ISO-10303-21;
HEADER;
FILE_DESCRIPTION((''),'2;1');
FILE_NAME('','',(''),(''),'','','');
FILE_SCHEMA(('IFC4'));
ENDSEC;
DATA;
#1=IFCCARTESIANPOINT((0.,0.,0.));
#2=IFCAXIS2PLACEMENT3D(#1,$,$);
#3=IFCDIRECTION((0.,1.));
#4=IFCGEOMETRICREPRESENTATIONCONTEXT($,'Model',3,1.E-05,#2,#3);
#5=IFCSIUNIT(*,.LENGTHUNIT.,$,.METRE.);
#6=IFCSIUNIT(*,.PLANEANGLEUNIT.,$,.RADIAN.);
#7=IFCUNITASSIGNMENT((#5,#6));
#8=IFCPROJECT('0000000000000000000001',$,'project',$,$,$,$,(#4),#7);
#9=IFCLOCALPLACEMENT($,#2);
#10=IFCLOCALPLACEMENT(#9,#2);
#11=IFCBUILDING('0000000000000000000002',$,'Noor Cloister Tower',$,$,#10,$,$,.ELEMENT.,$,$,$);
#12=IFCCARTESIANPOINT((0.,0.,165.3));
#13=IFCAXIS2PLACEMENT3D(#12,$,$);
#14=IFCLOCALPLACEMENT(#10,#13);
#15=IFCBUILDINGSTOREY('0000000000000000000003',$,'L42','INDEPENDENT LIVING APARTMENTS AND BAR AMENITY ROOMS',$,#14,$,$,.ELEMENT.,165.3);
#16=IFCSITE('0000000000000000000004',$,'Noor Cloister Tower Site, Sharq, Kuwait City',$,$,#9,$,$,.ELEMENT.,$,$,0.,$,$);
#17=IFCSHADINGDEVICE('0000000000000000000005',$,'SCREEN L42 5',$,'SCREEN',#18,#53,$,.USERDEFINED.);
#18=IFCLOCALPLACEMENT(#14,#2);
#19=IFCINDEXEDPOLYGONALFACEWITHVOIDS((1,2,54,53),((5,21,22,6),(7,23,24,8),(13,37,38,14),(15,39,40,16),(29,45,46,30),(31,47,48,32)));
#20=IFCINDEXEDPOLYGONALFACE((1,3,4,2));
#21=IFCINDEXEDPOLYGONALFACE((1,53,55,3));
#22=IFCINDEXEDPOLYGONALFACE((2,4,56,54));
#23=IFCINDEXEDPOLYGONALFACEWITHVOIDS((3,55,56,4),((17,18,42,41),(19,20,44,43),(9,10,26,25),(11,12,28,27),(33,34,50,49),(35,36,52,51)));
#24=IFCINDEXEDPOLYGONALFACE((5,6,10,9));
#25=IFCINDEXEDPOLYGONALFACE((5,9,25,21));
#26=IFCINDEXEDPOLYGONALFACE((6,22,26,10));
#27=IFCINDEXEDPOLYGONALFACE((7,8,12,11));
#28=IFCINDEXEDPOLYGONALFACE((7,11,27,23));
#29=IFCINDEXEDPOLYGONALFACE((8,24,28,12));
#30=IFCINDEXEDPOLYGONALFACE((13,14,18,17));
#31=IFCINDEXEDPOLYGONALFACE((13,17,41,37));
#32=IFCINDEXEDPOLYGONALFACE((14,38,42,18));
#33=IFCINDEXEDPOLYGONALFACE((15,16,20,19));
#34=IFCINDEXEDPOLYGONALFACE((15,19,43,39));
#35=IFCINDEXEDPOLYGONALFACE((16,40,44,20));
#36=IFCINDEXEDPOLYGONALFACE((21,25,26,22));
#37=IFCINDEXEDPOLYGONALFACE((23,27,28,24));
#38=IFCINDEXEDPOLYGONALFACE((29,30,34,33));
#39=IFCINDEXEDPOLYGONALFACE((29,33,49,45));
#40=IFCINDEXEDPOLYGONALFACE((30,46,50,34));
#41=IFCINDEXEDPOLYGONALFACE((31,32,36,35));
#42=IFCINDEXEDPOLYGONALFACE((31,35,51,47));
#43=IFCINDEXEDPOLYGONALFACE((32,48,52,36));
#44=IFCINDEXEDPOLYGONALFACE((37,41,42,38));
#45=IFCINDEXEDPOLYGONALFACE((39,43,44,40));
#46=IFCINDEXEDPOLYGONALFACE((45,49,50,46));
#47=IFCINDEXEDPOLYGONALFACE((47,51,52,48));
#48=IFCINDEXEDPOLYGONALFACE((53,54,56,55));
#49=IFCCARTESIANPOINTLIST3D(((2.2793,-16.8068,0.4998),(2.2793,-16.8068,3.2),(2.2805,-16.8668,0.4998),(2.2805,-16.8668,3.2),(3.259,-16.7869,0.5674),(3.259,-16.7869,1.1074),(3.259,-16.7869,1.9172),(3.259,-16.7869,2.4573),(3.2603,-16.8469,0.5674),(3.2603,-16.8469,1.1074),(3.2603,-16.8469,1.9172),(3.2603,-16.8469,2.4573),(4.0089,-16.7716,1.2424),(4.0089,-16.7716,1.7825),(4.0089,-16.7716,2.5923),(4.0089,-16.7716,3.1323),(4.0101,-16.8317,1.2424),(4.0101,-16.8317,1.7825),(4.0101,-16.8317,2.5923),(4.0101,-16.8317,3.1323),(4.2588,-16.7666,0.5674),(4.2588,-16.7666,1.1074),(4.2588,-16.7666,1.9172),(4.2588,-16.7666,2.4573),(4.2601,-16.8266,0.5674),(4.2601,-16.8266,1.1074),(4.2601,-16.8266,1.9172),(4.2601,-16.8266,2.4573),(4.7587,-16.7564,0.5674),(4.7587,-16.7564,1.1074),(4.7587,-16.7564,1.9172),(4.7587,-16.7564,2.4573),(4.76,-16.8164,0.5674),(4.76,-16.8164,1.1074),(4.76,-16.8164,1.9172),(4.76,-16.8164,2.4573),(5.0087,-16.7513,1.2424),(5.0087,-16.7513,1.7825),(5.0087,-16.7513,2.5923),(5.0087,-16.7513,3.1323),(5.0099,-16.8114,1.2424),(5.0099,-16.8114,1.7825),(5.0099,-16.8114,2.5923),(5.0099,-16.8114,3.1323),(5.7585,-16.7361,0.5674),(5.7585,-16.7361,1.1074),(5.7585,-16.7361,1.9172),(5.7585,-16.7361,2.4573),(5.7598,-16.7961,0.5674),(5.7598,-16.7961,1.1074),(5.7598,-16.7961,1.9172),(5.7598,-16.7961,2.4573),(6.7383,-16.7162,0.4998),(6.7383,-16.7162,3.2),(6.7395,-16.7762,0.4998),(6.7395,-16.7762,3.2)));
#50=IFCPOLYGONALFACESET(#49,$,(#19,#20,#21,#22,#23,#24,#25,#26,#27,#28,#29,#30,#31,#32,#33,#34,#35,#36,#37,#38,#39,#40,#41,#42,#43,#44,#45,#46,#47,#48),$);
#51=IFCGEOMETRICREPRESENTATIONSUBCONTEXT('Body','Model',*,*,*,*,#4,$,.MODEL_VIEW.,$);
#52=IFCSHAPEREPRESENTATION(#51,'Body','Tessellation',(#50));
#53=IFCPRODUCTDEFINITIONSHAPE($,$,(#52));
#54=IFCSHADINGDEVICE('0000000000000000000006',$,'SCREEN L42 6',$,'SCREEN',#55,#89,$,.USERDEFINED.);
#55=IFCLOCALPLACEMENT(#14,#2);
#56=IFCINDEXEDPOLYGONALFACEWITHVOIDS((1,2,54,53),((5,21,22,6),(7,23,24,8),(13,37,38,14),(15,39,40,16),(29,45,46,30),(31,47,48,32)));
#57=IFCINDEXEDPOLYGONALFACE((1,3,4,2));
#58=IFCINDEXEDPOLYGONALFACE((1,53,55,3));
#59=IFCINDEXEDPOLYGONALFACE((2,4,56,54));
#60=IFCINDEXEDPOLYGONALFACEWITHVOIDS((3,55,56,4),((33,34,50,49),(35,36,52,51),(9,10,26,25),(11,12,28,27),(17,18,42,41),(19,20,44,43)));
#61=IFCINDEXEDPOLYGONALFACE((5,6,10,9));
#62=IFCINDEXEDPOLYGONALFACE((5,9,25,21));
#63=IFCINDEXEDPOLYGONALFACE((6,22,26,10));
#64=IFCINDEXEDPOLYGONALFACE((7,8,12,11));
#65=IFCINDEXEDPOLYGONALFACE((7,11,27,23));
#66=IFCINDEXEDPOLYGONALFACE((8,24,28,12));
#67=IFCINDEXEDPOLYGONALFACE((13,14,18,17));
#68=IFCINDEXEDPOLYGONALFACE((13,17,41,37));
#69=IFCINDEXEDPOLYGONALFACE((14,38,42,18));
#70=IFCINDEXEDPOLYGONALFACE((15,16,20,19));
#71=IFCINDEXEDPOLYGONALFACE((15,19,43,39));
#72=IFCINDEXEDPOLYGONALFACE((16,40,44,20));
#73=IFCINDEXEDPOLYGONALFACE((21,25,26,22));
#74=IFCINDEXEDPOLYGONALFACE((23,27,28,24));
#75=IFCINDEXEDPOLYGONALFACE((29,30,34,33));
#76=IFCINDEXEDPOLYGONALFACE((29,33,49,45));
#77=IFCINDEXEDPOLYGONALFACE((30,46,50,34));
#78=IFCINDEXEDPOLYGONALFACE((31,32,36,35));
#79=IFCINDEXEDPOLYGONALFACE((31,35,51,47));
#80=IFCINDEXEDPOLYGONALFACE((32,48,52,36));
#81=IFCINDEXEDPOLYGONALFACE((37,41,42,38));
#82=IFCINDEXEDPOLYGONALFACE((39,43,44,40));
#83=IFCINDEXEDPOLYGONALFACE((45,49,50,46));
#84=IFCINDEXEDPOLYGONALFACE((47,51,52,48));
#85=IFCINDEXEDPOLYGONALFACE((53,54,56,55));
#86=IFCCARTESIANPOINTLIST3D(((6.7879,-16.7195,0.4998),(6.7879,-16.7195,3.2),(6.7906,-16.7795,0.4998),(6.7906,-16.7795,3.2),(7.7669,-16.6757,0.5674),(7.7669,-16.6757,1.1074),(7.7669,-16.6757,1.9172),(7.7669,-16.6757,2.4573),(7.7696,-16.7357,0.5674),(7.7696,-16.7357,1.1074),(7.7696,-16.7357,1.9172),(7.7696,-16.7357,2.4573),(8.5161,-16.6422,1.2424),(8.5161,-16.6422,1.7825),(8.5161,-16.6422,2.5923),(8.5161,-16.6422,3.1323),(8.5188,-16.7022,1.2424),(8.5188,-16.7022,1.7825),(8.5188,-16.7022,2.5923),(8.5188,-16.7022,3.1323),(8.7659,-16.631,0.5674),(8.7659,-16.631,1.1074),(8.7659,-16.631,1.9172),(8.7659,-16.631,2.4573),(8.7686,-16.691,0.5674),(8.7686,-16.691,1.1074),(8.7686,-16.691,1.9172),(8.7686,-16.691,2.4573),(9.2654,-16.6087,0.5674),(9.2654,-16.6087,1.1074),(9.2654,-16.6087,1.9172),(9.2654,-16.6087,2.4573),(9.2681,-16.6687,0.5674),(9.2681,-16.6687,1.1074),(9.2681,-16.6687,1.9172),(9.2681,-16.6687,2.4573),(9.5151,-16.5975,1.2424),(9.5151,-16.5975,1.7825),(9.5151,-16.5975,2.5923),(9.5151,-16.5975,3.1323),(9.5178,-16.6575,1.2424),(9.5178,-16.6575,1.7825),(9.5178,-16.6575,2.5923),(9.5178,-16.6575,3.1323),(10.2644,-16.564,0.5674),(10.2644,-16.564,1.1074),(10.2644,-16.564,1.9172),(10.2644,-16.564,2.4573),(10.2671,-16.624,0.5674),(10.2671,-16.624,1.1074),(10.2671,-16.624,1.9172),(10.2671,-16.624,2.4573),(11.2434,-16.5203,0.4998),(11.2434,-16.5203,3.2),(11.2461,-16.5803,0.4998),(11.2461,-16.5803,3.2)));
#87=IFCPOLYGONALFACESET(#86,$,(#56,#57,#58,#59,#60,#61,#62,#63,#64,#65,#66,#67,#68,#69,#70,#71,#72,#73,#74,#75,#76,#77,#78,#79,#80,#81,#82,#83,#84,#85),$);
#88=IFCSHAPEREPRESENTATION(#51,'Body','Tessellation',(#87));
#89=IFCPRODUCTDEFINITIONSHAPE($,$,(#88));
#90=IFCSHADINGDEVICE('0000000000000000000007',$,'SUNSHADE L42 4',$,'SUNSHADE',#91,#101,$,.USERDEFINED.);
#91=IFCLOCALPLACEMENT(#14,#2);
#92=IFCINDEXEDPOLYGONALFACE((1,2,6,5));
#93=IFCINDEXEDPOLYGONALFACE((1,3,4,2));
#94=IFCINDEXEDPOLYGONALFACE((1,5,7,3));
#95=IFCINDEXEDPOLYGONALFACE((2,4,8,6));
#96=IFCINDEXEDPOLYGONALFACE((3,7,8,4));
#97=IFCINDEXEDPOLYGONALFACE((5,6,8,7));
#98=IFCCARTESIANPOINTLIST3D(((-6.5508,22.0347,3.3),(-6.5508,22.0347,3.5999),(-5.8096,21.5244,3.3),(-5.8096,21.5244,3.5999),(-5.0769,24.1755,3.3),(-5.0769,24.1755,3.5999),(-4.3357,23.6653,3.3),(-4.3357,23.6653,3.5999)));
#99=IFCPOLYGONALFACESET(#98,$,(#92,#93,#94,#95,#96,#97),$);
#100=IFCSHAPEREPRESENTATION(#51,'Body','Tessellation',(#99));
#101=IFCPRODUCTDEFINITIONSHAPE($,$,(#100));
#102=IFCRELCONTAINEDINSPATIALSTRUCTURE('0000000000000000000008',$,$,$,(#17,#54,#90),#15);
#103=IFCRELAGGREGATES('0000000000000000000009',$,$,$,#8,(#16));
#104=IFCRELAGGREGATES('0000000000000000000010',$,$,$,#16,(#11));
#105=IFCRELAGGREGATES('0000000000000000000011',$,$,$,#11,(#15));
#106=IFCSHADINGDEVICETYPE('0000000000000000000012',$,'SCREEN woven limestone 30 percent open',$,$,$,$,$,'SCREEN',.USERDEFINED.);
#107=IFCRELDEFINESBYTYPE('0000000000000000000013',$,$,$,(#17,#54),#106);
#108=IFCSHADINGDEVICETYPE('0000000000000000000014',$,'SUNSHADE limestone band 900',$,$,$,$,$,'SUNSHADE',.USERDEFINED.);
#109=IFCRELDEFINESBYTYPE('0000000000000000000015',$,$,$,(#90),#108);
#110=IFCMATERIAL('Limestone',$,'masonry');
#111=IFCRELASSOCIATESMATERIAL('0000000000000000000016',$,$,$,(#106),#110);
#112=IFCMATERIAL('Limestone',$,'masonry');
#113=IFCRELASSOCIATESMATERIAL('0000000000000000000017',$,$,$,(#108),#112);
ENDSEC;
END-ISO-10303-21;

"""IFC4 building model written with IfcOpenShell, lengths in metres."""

from ifc_helpers import new_model, si_unit, direction, frame, origin, place, context, subcontext, project, spatial, polyline, outline, extrude, material, material_profile, profile_set, type_object, element, save


model = new_model("IFC4")

# Units and contexts
model_context = context("Model", 3, precision=1e-05, world=origin(), true_north=direction((0.0, 1.0)))
body_context = subcontext(model_context, "Body", "Model", "MODEL_VIEW")
ifc_project = project(units=[si_unit("LENGTHUNIT", "METRE"), si_unit("PLANEANGLEUNIT", "RADIAN")], contexts=[model_context])

# Site, building, storey
site_placement = place(None, origin())
site = spatial("IfcSite", under=ifc_project, at=site_placement, Name="Noor Cloister Tower Site, Sharq, Kuwait City", CompositionType="ELEMENT", RefElevation=0.0)
building_placement = place(site_placement, origin())
building = spatial("IfcBuilding", under=site, at=building_placement, Name="Noor Cloister Tower", CompositionType="ELEMENT")
storey_placement = place(building_placement, frame((0.0, 0.0, 165.3)))
storey = spatial("IfcBuildingStorey", under=building, at=storey_placement, Name="L42", Description="INDEPENDENT LIVING APARTMENTS AND BAR AMENITY ROOMS", CompositionType="ELEMENT", Elevation=165.3)

# Shading devices
ifc_material_1 = material(Name="Limestone", Category="masonry")
ifc_material_profile_1 = material_profile(ifc_material_1, outline(polyline([(-2.23, -1.3501), (2.23, -1.3501), (2.23, 1.3501), (-2.23, 1.3501), (-2.23, -1.3501)]), holes=[polyline([(-1.25, -1.2825), (-0.25, -1.2825), (-0.25, -0.7424), (-1.25, -0.7424), (-1.25, -1.2825)]), polyline([(0.25, -1.2825), (1.25, -1.2825), (1.25, -0.7424), (0.25, -0.7424), (0.25, -1.2825)]), polyline([(-0.5, -0.6074), (0.5, -0.6074), (0.5, -0.0674), (-0.5, -0.0674), (-0.5, -0.6074)]), polyline([(-1.25, 0.0674), (-0.25, 0.0674), (-0.25, 0.6074), (-1.25, 0.6074), (-1.25, 0.0674)]), polyline([(0.25, 0.0674), (1.25, 0.0674), (1.25, 0.6074), (0.25, 0.6074), (0.25, 0.0674)]), polyline([(-0.5, 0.7424), (0.5, 0.7424), (0.5, 1.2825), (-0.5, 1.2825), (-0.5, 0.7424)])]), Name="Woven screen 30 percent open")
ifc_profile_set_1 = profile_set([ifc_material_profile_1], Name="Limestone")
shading_device_type_1 = type_object("IfcShadingDeviceType", Name="SCREEN woven limestone 30 percent open", ElementType="SCREEN", PredefinedType="USERDEFINED", material=ifc_profile_set_1)
for number, where, z_axis, x_axis, name in (
    (1, (4.5088, -16.7615, 1.8499), (0.020321, -0.999794, 0.0), (0.999794, 0.020321, 0.0), "SCREEN L42 5"),
    (2, (9.0156, -16.6199, 1.8499), (0.044671, -0.999002, 0.0), (0.999002, 0.044671, 0.0), "SCREEN L42 6"),
):
    element("IfcShadingDevice", number, at=place(storey_placement, frame(where, z_axis=z_axis, x_axis=x_axis)), inside=storey, type_object=shading_device_type_1, Name=name, ObjectType="SCREEN", PredefinedType="USERDEFINED", context=body_context, shape_type="SweptSolid", body=[
        extrude(outline(polyline([(-2.23, -1.3501), (2.23, -1.3501), (2.23, 1.3501), (-2.23, 1.3501), (-2.23, -1.3501)]), holes=[polyline([(-1.25, -1.2825), (-0.25, -1.2825), (-0.25, -0.7424), (-1.25, -0.7424), (-1.25, -1.2825)]), polyline([(0.25, -1.2825), (1.25, -1.2825), (1.25, -0.7424), (0.25, -0.7424), (0.25, -1.2825)]), polyline([(-0.5, -0.6074), (0.5, -0.6074), (0.5, -0.0674), (-0.5, -0.0674), (-0.5, -0.6074)]), polyline([(-1.25, 0.0674), (-0.25, 0.0674), (-0.25, 0.6074), (-1.25, 0.6074), (-1.25, 0.0674)]), polyline([(0.25, 0.0674), (1.25, 0.0674), (1.25, 0.6074), (0.25, 0.6074), (0.25, 0.0674)]), polyline([(-0.5, 0.7424), (0.5, 0.7424), (0.5, 1.2825), (-0.5, 1.2825), (-0.5, 0.7424)])]), origin(), (0.0, 0.0, 1.0), 0.0601),
    ])
ifc_material_2 = material(Name="Limestone", Category="masonry")
shading_device_type_2 = type_object("IfcShadingDeviceType", Name="SUNSHADE limestone band 900", ElementType="SUNSHADE", PredefinedType="USERDEFINED", material=ifc_material_2)
shading_device_placement = place(storey_placement, frame((0.0, 0.0, 3.3)))
element("IfcShadingDevice", 3, at=shading_device_placement, inside=storey, type_object=shading_device_type_2, Name="SUNSHADE L42 4", ObjectType="SUNSHADE", PredefinedType="USERDEFINED", context=body_context, shape_type="SweptSolid", body=[
    extrude(outline(polyline([(-5.0769, 24.1755), (-6.5508, 22.0347), (-5.8096, 21.5244), (-4.3357, 23.6653), (-5.0769, 24.1755)])), origin(), (0.0, 0.0, 1.0), 0.2998),
])

save(model, "model.ifc")
